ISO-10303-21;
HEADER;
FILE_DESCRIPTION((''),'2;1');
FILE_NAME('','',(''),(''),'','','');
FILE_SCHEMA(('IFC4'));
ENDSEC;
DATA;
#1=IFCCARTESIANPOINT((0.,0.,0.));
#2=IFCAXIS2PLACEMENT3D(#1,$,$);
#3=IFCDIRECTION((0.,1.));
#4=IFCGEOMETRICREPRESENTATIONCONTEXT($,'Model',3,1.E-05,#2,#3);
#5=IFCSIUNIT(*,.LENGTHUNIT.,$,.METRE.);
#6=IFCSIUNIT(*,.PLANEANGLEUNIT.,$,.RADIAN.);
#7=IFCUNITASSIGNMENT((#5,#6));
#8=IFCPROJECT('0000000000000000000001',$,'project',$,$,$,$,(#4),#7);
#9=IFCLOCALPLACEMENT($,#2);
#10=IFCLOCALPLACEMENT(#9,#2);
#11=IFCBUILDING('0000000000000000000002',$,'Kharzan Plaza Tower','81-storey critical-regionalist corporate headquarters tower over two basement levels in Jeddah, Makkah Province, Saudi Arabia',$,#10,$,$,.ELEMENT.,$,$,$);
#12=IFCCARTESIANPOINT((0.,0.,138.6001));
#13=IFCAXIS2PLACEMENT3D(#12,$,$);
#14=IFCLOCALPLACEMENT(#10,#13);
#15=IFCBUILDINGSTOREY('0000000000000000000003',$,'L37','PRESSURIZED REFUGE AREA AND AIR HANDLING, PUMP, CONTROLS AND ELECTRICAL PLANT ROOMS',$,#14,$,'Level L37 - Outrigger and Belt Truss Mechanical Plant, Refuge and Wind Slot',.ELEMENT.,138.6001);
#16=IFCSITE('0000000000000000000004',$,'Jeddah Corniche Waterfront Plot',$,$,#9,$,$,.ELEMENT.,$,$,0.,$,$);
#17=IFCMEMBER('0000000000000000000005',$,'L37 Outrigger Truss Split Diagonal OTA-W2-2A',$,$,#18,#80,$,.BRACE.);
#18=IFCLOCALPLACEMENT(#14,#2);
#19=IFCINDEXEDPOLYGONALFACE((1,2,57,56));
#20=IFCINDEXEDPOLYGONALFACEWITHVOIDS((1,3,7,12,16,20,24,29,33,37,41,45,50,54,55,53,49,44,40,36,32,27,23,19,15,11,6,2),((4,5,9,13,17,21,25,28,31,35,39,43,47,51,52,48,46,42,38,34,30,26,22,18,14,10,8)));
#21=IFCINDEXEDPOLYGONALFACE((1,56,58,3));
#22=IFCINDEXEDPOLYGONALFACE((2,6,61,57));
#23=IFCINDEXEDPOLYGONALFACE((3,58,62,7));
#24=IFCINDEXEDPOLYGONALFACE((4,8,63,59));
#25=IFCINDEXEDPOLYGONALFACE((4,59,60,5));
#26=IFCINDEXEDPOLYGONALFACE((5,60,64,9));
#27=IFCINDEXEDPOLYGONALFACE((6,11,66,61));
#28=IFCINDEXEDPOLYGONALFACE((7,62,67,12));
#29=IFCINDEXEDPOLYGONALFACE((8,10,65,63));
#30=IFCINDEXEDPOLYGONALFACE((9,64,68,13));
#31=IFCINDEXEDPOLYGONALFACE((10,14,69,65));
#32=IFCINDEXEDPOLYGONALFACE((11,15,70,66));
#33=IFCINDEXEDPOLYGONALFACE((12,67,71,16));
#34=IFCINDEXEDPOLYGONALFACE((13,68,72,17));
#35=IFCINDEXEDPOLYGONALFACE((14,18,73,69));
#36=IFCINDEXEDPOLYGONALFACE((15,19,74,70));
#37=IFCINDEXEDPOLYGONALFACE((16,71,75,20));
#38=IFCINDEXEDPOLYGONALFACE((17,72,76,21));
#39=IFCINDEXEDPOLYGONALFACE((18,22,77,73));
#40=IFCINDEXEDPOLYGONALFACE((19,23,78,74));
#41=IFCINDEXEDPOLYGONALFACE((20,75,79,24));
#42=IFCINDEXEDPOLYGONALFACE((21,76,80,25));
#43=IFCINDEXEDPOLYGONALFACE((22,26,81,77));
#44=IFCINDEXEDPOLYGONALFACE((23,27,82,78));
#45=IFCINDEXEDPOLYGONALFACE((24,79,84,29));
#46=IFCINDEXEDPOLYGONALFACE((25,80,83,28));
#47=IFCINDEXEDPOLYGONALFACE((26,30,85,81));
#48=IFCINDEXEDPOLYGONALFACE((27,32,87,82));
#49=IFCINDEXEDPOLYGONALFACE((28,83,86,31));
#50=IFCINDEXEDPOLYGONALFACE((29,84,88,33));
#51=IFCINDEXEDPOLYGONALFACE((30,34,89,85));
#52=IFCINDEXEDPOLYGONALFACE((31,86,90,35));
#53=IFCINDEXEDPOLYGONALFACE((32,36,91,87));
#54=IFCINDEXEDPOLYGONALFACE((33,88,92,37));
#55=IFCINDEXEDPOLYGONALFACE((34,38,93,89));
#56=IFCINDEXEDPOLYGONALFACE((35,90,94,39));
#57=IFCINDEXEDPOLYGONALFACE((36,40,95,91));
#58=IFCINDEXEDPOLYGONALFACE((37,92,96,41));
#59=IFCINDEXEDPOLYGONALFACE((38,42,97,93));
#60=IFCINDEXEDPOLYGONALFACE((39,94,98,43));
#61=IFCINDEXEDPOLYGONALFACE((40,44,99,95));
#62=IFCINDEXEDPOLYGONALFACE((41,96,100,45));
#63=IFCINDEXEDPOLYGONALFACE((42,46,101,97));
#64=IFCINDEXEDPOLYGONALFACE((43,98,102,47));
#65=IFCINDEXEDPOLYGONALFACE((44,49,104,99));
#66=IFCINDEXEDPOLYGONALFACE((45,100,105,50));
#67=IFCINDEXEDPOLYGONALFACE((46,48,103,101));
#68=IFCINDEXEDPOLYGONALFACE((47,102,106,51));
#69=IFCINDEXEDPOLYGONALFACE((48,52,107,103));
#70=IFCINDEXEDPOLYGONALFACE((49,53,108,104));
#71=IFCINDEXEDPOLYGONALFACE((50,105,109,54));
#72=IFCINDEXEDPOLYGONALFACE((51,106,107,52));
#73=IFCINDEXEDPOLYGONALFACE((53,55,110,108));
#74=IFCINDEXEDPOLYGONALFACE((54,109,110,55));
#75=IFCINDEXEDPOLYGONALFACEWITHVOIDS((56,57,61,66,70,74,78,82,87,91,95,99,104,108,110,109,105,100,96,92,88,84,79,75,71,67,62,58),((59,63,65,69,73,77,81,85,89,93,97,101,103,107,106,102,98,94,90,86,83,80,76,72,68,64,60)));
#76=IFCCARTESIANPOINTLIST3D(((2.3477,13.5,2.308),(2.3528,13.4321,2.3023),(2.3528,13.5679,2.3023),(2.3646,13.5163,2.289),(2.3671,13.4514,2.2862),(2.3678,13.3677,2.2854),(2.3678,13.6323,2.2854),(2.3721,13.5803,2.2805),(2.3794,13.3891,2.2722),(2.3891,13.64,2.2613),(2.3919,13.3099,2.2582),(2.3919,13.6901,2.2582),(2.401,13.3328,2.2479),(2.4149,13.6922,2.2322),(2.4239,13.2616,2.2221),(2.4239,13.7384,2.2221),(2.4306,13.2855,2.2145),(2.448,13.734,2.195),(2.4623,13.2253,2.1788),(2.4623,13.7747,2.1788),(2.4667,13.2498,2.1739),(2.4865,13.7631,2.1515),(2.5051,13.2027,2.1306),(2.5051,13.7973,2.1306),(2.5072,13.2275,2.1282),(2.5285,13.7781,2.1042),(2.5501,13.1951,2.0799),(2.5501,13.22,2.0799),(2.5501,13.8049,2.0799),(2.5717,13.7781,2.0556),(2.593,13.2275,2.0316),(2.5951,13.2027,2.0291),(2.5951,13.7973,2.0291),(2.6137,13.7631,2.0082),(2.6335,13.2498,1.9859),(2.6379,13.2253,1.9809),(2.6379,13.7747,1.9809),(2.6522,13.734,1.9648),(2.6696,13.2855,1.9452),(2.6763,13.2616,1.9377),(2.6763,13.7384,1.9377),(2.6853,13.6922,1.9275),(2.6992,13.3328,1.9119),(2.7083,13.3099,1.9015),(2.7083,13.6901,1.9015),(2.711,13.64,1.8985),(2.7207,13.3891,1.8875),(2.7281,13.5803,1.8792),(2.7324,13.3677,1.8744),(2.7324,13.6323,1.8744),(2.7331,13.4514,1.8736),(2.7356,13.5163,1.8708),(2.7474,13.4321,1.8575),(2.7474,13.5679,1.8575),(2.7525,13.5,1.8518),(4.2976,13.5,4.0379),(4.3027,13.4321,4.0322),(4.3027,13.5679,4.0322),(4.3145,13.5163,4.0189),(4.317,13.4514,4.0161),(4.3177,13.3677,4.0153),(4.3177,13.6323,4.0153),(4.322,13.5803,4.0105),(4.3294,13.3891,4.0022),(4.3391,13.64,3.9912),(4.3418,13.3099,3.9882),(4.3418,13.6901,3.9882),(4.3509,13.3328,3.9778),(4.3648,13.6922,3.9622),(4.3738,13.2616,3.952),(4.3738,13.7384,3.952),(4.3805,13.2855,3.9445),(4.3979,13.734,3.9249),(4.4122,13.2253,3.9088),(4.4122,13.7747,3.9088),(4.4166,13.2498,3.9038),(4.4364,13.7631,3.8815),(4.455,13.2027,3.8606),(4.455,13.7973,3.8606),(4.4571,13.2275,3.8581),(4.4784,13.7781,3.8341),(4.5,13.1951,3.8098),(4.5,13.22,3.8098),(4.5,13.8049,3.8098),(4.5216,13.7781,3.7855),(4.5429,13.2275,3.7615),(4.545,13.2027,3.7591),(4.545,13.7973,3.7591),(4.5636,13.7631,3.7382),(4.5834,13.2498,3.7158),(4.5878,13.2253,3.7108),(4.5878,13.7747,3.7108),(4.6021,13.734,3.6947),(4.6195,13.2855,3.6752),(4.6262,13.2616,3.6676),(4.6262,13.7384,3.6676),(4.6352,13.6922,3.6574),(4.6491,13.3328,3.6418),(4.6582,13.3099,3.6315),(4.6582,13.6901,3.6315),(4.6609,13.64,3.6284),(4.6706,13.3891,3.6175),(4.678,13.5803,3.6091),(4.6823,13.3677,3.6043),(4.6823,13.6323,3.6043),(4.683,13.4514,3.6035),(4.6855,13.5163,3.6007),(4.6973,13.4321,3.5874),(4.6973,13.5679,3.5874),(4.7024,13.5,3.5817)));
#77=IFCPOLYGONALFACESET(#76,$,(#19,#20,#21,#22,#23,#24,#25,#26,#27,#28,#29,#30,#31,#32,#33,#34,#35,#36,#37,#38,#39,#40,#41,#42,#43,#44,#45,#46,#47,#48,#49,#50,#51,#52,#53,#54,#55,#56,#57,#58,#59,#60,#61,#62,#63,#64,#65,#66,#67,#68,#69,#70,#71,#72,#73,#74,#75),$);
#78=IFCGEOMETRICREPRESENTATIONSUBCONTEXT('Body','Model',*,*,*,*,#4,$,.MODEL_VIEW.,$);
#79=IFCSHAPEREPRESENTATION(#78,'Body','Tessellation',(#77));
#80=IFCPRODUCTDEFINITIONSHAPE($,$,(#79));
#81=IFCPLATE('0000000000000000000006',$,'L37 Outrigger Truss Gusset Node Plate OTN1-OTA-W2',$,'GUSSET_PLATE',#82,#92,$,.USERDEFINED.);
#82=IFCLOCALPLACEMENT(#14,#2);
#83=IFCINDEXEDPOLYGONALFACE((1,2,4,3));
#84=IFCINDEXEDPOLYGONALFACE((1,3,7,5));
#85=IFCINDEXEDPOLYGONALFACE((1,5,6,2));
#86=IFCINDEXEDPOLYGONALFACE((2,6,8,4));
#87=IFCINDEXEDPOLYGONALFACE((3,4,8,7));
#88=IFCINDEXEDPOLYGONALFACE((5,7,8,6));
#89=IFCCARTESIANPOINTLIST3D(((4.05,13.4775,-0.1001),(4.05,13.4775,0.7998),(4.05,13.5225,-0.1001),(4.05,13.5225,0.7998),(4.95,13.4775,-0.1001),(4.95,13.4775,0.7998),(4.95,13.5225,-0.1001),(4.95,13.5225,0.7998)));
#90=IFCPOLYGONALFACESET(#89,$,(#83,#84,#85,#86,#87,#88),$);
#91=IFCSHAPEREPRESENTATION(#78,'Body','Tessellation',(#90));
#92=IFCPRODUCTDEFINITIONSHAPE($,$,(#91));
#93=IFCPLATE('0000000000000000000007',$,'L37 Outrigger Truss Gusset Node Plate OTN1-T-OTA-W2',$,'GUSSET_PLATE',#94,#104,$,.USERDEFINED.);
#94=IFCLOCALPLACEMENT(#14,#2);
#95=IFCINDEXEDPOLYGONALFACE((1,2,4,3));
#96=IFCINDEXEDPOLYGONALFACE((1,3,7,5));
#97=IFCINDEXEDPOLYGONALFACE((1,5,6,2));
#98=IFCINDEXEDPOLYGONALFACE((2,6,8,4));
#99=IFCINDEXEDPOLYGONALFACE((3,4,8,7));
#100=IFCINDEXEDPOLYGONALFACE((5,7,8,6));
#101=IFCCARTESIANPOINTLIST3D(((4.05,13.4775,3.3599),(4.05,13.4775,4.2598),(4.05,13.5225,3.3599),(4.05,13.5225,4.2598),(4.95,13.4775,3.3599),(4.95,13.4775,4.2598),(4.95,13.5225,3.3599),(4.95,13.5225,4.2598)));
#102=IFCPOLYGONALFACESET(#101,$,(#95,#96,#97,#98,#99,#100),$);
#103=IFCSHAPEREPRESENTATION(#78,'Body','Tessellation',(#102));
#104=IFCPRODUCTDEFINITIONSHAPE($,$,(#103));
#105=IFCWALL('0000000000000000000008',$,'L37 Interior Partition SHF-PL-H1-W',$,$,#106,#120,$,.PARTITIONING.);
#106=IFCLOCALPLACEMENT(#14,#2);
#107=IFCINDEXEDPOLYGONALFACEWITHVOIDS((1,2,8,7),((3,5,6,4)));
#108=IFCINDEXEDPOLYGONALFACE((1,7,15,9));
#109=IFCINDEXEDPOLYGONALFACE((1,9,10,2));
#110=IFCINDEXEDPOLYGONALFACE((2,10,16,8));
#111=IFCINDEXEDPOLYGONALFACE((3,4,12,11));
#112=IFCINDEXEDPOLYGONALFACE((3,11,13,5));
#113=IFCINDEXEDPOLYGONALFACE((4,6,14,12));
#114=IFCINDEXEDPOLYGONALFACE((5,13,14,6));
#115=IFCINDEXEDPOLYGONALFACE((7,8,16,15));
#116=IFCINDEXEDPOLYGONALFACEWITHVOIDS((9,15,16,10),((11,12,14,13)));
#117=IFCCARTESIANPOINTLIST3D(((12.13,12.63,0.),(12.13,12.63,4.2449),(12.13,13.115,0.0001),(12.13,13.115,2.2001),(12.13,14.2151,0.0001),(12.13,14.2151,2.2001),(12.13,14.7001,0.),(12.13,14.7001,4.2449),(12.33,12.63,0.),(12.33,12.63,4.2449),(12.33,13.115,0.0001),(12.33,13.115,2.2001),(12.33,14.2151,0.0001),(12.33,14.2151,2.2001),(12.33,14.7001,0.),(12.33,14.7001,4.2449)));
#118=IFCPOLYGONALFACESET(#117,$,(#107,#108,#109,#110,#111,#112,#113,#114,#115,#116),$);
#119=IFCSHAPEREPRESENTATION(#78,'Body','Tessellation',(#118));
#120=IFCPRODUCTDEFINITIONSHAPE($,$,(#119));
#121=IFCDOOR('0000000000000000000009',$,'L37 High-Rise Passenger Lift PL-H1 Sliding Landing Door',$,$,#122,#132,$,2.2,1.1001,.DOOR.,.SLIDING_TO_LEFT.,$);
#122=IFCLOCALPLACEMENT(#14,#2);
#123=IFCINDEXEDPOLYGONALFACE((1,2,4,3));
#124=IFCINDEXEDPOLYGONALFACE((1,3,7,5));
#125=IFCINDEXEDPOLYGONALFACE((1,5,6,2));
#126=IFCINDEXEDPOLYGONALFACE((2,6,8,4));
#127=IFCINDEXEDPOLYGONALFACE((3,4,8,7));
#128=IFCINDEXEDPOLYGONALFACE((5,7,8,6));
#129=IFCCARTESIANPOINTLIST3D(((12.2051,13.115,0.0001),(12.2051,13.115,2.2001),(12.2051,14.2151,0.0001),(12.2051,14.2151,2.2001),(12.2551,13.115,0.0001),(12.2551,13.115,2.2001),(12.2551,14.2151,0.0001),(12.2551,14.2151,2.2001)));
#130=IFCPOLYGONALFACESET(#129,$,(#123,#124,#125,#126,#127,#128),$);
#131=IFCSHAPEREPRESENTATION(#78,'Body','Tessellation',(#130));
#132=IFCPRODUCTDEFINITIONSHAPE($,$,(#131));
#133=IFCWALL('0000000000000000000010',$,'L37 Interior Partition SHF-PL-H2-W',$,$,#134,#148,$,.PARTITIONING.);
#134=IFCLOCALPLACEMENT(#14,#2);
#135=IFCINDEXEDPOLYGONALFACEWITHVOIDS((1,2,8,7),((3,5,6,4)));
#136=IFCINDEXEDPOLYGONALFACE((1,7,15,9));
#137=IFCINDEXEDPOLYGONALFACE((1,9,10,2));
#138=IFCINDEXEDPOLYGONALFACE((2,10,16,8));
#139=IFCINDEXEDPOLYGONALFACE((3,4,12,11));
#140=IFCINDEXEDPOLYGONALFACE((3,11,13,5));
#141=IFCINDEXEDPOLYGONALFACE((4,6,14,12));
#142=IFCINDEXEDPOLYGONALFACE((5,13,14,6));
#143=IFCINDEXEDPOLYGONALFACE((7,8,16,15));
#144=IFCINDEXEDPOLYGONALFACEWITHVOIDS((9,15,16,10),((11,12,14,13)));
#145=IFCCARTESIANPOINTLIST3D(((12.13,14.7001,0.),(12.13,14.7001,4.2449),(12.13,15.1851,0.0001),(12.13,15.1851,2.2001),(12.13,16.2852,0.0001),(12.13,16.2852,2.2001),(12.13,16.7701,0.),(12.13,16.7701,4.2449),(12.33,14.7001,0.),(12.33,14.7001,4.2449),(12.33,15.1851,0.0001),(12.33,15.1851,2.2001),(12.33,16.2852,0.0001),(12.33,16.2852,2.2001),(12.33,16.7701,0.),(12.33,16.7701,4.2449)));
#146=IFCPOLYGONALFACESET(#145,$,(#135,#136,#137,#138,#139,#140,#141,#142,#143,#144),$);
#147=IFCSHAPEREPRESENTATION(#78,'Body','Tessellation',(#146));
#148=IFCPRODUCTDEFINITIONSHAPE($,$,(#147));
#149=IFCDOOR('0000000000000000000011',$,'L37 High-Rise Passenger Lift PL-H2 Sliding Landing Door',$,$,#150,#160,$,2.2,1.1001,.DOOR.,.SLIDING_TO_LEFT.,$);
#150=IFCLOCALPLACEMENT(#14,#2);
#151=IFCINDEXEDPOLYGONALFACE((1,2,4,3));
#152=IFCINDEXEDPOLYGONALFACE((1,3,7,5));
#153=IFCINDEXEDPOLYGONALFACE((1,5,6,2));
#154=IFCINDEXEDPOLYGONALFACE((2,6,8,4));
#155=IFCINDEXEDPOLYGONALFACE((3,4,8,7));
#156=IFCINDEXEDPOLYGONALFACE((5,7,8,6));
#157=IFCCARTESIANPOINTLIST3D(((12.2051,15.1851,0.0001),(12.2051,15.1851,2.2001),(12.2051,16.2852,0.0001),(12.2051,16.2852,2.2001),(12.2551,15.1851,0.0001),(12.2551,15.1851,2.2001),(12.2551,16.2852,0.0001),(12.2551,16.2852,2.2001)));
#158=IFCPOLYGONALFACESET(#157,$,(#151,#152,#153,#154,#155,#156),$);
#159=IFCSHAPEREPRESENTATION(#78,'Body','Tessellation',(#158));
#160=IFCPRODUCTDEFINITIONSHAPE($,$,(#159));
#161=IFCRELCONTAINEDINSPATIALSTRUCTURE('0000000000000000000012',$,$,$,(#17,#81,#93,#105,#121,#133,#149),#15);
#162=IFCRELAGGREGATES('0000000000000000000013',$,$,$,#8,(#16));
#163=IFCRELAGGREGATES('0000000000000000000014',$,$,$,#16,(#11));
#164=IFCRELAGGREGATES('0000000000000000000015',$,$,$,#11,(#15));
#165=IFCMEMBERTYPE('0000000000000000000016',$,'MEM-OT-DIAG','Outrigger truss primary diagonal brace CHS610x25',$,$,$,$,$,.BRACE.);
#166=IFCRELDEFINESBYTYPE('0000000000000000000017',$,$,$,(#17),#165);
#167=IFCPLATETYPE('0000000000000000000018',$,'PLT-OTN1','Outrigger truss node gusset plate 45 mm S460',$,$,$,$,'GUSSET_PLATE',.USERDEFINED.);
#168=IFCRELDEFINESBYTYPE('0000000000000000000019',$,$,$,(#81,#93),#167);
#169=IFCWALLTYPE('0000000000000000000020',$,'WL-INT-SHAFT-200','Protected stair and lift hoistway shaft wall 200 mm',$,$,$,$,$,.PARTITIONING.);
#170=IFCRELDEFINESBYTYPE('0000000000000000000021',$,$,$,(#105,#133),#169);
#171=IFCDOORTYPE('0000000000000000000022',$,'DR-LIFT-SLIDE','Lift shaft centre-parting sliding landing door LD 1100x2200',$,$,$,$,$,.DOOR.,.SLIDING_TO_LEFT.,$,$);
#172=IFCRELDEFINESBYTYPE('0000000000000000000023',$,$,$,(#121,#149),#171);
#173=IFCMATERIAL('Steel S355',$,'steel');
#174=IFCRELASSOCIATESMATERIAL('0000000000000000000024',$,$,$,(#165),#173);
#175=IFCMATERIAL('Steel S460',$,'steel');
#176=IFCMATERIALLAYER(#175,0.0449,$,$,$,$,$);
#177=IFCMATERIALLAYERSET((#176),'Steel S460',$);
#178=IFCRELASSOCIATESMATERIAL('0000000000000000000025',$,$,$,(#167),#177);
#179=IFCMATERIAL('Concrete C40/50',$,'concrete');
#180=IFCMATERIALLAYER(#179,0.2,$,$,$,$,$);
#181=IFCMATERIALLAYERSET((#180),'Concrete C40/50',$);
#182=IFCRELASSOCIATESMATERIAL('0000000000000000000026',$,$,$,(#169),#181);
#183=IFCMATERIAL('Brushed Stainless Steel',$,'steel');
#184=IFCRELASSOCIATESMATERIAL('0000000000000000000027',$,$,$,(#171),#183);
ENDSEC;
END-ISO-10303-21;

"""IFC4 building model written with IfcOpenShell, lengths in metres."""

from ifc_helpers import new_model, si_unit, direction, frame, frame_2d, origin, origin_2d, place, context, subcontext, project, spatial, rectangle, hollow_circle, extrude, source, transform, mapped, material, layer, layer_set, material_profile, profile_set, type_object, element, fill, save


model = new_model("IFC4")

# Units and contexts
model_context = context("Model", 3, precision=1e-05, world=origin(), true_north=direction((0.0, 1.0)))
body_context = subcontext(model_context, "Body", "Model", "MODEL_VIEW")
ifc_project = project(units=[si_unit("LENGTHUNIT", "METRE"), si_unit("PLANEANGLEUNIT", "RADIAN")], contexts=[model_context])

# Site, building, storey
site_placement = place(None, origin())
site = spatial("IfcSite", under=ifc_project, at=site_placement, Name="Jeddah Corniche Waterfront Plot", CompositionType="ELEMENT", RefElevation=0.0)
building_placement = place(site_placement, origin())
building = spatial("IfcBuilding", under=site, at=building_placement, Name="Kharzan Plaza Tower", Description="81-storey critical-regionalist corporate headquarters tower over two basement levels in Jeddah, Makkah Province, Saudi Arabia", CompositionType="ELEMENT")
storey_placement = place(building_placement, frame((0.0, 0.0, 138.6001)))
storey = spatial("IfcBuildingStorey", under=building, at=storey_placement, Name="L37", Description="PRESSURIZED REFUGE AREA AND AIR HANDLING, PUMP, CONTROLS AND ELECTRICAL PLANT ROOMS", LongName="Level L37 - Outrigger and Belt Truss Mechanical Plant, Refuge and Wind Slot", CompositionType="ELEMENT", Elevation=138.6001)

# Shared definitions
ifc_material_1 = material(Name="Steel S355", Category="steel")

# Member
ifc_material_profile_1 = material_profile(ifc_material_1, hollow_circle(Radius=0.3049, WallThickness=0.0249, at=origin_2d()), Name="CHS610x25")
ifc_profile_set_1 = profile_set([ifc_material_profile_1], Name="Steel S355")
member_type_1 = type_object("IfcMemberType", Name="MEM-OT-DIAG", Description="Outrigger truss primary diagonal brace CHS610x25", PredefinedType="BRACE", material=ifc_profile_set_1)
shared_shape_1 = source(origin(), body_context, "Body", "SweptSolid", [
    extrude(hollow_circle(Radius=0.3049, WallThickness=0.0249, at=origin_2d()), origin(), (0.0, 0.0, 1.0), 2.6067),
])
member_1_placement = place(storey_placement, frame((4.5, 13.5, 3.8098), z_axis=(-0.748039, 0.0, -0.663654), x_axis=(0.0, -1.0, 0.0)))
element("IfcMember", 1, at=member_1_placement, inside=storey, type_object=member_type_1, Name="L37 Outrigger Truss Split Diagonal OTA-W2-2A", PredefinedType="BRACE", context=body_context, shape_type="MappedRepresentation", body=[
    mapped(shared_shape_1, transform((0.0, 0.0, 0.0), x_axis=(1.0, 0.0, 0.0), y_axis=(0.0, 1.0, 0.0), z_axis=(0.0, 0.0, 1.0))),
])

# Plates
ifc_material_2 = material(Name="Steel S460", Category="steel")
ifc_layer_1 = layer(ifc_material_2, 0.0449)
ifc_layer_set_1 = layer_set([ifc_layer_1], Name="Steel S460")
plate_type = type_object("IfcPlateType", Name="PLT-OTN1", Description="Outrigger truss node gusset plate 45 mm S460", ElementType="GUSSET_PLATE", PredefinedType="USERDEFINED", material=ifc_layer_set_1)
shared_shape_2 = source(origin(), body_context, "Body", "SweptSolid", [
    extrude(rectangle(XDim=0.8999, YDim=0.0449, at=origin_2d()), origin(), (0.0, 0.0, 1.0), 0.8999),
])
for number, where, z_axis, x_axis, name in (
    (2, (4.5, 13.5, -0.1001), (0.0, 0.0, 1.0), (-1.0, 0.0, 0.0), "L37 Outrigger Truss Gusset Node Plate OTN1-OTA-W2"),
    (3, (4.5, 13.5, 3.3599), (0.0, 0.0, 1.0), (-1.0, 0.0, 0.0), "L37 Outrigger Truss Gusset Node Plate OTN1-T-OTA-W2"),
):
    element("IfcPlate", number, at=place(storey_placement, frame(where, z_axis=z_axis, x_axis=x_axis)), inside=storey, type_object=plate_type, Name=name, ObjectType="GUSSET_PLATE", PredefinedType="USERDEFINED", context=body_context, shape_type="MappedRepresentation", body=[
        mapped(shared_shape_2, transform((0.0, 0.0, 0.0), x_axis=(1.0, 0.0, 0.0), y_axis=(0.0, 1.0, 0.0), z_axis=(0.0, 0.0, 1.0))),
    ])

# Walls, openings, doors
ifc_material_3 = material(Name="Concrete C40/50", Category="concrete")
ifc_layer_2 = layer(ifc_material_3, 0.2)
ifc_layer_set_2 = layer_set([ifc_layer_2], Name="Concrete C40/50")
wall_type_1 = type_object("IfcWallType", Name="WL-INT-SHAFT-200", Description="Protected stair and lift hoistway shaft wall 200 mm", PredefinedType="PARTITIONING", material=ifc_layer_set_2)
wall_1_placement = place(storey_placement, frame((12.23, 12.6299, 0.0), z_axis=(0.0, 0.0, 1.0), x_axis=(0.0, 1.0, 0.0)))
wall_1 = element("IfcWall", 4, at=wall_1_placement, inside=storey, type_object=wall_type_1, Name="L37 Interior Partition SHF-PL-H1-W", PredefinedType="PARTITIONING", context=body_context, shape_type="SweptSolid", body=[
    extrude(rectangle(XDim=2.0701, YDim=0.2, at=frame_2d((1.0352, 0.0))), origin(), (0.0, 0.0, 1.0), 4.2449),
])
opening_1_placement = place(wall_1_placement, frame((0.4851, 0.0, 0.0)))
opening_1 = element("IfcOpeningElement", 5, at=opening_1_placement, cuts=wall_1, PredefinedType="OPENING", context=body_context, shape_type="SweptSolid", body=[
    extrude(rectangle(XDim=1.1001, YDim=2.2, at=frame_2d((0.55, 1.1001))), frame((0.0, 0.1099, 0.0), z_axis=(0.0, -1.0, 0.0), x_axis=(1.0, 0.0, 0.0)), (0.0, 0.0, 1.0), 0.22),
])
ifc_material_4 = material(Name="Brushed Stainless Steel", Category="steel")
door_type_1 = type_object("IfcDoorType", Name="DR-LIFT-SLIDE", Description="Lift shaft centre-parting sliding landing door LD 1100x2200", OperationType="SLIDING_TO_LEFT", PredefinedType="DOOR", material=ifc_material_4)
shared_shape_3 = source(origin(), body_context, "Body", "SweptSolid", [
    extrude(rectangle(XDim=1.1001, YDim=2.2, at=frame_2d((0.55, 1.1001))), frame((0.0, 0.0249, 0.0), z_axis=(0.0, -1.0, 0.0), x_axis=(1.0, 0.0, 0.0)), (0.0, 0.0, 1.0), 0.05),
])
door_1_placement = place(opening_1_placement, origin())
door_1 = element("IfcDoor", 6, at=door_1_placement, inside=storey, type_object=door_type_1, Name="L37 High-Rise Passenger Lift PL-H1 Sliding Landing Door", OperationType="SLIDING_TO_LEFT", OverallHeight=2.2, OverallWidth=1.1001, PredefinedType="DOOR", context=body_context, shape_type="MappedRepresentation", body=[
    mapped(shared_shape_3, transform((0.0, 0.0, 0.0), x_axis=(1.0, 0.0, 0.0), y_axis=(0.0, 1.0, 0.0), z_axis=(0.0, 0.0, 1.0))),
])
fill(opening_1, door_1)
wall_2_placement = place(storey_placement, frame((12.23, 14.7, 0.0), z_axis=(0.0, 0.0, 1.0), x_axis=(0.0, 1.0, 0.0)))
wall_2 = element("IfcWall", 7, at=wall_2_placement, inside=storey, type_object=wall_type_1, Name="L37 Interior Partition SHF-PL-H2-W", PredefinedType="PARTITIONING", context=body_context, shape_type="SweptSolid", body=[
    extrude(rectangle(XDim=2.0701, YDim=0.2, at=frame_2d((1.0352, 0.0))), origin(), (0.0, 0.0, 1.0), 4.2449),
])
opening_2_placement = place(wall_2_placement, frame((0.4851, 0.0, 0.0)))
opening_2 = element("IfcOpeningElement", 8, at=opening_2_placement, cuts=wall_2, PredefinedType="OPENING", context=body_context, shape_type="SweptSolid", body=[
    extrude(rectangle(XDim=1.1001, YDim=2.2, at=frame_2d((0.55, 1.1001))), frame((0.0, 0.1099, 0.0), z_axis=(0.0, -1.0, 0.0), x_axis=(1.0, 0.0, 0.0)), (0.0, 0.0, 1.0), 0.22),
])
door_2_placement = place(opening_2_placement, origin())
door_2 = element("IfcDoor", 9, at=door_2_placement, inside=storey, type_object=door_type_1, Name="L37 High-Rise Passenger Lift PL-H2 Sliding Landing Door", OperationType="SLIDING_TO_LEFT", OverallHeight=2.2, OverallWidth=1.1001, PredefinedType="DOOR", context=body_context, shape_type="MappedRepresentation", body=[
    mapped(shared_shape_3, transform((0.0, 0.0, 0.0), x_axis=(1.0, 0.0, 0.0), y_axis=(0.0, 1.0, 0.0), z_axis=(0.0, 0.0, 1.0))),
])
fill(opening_2, door_2)

save(model, "model.ifc")
